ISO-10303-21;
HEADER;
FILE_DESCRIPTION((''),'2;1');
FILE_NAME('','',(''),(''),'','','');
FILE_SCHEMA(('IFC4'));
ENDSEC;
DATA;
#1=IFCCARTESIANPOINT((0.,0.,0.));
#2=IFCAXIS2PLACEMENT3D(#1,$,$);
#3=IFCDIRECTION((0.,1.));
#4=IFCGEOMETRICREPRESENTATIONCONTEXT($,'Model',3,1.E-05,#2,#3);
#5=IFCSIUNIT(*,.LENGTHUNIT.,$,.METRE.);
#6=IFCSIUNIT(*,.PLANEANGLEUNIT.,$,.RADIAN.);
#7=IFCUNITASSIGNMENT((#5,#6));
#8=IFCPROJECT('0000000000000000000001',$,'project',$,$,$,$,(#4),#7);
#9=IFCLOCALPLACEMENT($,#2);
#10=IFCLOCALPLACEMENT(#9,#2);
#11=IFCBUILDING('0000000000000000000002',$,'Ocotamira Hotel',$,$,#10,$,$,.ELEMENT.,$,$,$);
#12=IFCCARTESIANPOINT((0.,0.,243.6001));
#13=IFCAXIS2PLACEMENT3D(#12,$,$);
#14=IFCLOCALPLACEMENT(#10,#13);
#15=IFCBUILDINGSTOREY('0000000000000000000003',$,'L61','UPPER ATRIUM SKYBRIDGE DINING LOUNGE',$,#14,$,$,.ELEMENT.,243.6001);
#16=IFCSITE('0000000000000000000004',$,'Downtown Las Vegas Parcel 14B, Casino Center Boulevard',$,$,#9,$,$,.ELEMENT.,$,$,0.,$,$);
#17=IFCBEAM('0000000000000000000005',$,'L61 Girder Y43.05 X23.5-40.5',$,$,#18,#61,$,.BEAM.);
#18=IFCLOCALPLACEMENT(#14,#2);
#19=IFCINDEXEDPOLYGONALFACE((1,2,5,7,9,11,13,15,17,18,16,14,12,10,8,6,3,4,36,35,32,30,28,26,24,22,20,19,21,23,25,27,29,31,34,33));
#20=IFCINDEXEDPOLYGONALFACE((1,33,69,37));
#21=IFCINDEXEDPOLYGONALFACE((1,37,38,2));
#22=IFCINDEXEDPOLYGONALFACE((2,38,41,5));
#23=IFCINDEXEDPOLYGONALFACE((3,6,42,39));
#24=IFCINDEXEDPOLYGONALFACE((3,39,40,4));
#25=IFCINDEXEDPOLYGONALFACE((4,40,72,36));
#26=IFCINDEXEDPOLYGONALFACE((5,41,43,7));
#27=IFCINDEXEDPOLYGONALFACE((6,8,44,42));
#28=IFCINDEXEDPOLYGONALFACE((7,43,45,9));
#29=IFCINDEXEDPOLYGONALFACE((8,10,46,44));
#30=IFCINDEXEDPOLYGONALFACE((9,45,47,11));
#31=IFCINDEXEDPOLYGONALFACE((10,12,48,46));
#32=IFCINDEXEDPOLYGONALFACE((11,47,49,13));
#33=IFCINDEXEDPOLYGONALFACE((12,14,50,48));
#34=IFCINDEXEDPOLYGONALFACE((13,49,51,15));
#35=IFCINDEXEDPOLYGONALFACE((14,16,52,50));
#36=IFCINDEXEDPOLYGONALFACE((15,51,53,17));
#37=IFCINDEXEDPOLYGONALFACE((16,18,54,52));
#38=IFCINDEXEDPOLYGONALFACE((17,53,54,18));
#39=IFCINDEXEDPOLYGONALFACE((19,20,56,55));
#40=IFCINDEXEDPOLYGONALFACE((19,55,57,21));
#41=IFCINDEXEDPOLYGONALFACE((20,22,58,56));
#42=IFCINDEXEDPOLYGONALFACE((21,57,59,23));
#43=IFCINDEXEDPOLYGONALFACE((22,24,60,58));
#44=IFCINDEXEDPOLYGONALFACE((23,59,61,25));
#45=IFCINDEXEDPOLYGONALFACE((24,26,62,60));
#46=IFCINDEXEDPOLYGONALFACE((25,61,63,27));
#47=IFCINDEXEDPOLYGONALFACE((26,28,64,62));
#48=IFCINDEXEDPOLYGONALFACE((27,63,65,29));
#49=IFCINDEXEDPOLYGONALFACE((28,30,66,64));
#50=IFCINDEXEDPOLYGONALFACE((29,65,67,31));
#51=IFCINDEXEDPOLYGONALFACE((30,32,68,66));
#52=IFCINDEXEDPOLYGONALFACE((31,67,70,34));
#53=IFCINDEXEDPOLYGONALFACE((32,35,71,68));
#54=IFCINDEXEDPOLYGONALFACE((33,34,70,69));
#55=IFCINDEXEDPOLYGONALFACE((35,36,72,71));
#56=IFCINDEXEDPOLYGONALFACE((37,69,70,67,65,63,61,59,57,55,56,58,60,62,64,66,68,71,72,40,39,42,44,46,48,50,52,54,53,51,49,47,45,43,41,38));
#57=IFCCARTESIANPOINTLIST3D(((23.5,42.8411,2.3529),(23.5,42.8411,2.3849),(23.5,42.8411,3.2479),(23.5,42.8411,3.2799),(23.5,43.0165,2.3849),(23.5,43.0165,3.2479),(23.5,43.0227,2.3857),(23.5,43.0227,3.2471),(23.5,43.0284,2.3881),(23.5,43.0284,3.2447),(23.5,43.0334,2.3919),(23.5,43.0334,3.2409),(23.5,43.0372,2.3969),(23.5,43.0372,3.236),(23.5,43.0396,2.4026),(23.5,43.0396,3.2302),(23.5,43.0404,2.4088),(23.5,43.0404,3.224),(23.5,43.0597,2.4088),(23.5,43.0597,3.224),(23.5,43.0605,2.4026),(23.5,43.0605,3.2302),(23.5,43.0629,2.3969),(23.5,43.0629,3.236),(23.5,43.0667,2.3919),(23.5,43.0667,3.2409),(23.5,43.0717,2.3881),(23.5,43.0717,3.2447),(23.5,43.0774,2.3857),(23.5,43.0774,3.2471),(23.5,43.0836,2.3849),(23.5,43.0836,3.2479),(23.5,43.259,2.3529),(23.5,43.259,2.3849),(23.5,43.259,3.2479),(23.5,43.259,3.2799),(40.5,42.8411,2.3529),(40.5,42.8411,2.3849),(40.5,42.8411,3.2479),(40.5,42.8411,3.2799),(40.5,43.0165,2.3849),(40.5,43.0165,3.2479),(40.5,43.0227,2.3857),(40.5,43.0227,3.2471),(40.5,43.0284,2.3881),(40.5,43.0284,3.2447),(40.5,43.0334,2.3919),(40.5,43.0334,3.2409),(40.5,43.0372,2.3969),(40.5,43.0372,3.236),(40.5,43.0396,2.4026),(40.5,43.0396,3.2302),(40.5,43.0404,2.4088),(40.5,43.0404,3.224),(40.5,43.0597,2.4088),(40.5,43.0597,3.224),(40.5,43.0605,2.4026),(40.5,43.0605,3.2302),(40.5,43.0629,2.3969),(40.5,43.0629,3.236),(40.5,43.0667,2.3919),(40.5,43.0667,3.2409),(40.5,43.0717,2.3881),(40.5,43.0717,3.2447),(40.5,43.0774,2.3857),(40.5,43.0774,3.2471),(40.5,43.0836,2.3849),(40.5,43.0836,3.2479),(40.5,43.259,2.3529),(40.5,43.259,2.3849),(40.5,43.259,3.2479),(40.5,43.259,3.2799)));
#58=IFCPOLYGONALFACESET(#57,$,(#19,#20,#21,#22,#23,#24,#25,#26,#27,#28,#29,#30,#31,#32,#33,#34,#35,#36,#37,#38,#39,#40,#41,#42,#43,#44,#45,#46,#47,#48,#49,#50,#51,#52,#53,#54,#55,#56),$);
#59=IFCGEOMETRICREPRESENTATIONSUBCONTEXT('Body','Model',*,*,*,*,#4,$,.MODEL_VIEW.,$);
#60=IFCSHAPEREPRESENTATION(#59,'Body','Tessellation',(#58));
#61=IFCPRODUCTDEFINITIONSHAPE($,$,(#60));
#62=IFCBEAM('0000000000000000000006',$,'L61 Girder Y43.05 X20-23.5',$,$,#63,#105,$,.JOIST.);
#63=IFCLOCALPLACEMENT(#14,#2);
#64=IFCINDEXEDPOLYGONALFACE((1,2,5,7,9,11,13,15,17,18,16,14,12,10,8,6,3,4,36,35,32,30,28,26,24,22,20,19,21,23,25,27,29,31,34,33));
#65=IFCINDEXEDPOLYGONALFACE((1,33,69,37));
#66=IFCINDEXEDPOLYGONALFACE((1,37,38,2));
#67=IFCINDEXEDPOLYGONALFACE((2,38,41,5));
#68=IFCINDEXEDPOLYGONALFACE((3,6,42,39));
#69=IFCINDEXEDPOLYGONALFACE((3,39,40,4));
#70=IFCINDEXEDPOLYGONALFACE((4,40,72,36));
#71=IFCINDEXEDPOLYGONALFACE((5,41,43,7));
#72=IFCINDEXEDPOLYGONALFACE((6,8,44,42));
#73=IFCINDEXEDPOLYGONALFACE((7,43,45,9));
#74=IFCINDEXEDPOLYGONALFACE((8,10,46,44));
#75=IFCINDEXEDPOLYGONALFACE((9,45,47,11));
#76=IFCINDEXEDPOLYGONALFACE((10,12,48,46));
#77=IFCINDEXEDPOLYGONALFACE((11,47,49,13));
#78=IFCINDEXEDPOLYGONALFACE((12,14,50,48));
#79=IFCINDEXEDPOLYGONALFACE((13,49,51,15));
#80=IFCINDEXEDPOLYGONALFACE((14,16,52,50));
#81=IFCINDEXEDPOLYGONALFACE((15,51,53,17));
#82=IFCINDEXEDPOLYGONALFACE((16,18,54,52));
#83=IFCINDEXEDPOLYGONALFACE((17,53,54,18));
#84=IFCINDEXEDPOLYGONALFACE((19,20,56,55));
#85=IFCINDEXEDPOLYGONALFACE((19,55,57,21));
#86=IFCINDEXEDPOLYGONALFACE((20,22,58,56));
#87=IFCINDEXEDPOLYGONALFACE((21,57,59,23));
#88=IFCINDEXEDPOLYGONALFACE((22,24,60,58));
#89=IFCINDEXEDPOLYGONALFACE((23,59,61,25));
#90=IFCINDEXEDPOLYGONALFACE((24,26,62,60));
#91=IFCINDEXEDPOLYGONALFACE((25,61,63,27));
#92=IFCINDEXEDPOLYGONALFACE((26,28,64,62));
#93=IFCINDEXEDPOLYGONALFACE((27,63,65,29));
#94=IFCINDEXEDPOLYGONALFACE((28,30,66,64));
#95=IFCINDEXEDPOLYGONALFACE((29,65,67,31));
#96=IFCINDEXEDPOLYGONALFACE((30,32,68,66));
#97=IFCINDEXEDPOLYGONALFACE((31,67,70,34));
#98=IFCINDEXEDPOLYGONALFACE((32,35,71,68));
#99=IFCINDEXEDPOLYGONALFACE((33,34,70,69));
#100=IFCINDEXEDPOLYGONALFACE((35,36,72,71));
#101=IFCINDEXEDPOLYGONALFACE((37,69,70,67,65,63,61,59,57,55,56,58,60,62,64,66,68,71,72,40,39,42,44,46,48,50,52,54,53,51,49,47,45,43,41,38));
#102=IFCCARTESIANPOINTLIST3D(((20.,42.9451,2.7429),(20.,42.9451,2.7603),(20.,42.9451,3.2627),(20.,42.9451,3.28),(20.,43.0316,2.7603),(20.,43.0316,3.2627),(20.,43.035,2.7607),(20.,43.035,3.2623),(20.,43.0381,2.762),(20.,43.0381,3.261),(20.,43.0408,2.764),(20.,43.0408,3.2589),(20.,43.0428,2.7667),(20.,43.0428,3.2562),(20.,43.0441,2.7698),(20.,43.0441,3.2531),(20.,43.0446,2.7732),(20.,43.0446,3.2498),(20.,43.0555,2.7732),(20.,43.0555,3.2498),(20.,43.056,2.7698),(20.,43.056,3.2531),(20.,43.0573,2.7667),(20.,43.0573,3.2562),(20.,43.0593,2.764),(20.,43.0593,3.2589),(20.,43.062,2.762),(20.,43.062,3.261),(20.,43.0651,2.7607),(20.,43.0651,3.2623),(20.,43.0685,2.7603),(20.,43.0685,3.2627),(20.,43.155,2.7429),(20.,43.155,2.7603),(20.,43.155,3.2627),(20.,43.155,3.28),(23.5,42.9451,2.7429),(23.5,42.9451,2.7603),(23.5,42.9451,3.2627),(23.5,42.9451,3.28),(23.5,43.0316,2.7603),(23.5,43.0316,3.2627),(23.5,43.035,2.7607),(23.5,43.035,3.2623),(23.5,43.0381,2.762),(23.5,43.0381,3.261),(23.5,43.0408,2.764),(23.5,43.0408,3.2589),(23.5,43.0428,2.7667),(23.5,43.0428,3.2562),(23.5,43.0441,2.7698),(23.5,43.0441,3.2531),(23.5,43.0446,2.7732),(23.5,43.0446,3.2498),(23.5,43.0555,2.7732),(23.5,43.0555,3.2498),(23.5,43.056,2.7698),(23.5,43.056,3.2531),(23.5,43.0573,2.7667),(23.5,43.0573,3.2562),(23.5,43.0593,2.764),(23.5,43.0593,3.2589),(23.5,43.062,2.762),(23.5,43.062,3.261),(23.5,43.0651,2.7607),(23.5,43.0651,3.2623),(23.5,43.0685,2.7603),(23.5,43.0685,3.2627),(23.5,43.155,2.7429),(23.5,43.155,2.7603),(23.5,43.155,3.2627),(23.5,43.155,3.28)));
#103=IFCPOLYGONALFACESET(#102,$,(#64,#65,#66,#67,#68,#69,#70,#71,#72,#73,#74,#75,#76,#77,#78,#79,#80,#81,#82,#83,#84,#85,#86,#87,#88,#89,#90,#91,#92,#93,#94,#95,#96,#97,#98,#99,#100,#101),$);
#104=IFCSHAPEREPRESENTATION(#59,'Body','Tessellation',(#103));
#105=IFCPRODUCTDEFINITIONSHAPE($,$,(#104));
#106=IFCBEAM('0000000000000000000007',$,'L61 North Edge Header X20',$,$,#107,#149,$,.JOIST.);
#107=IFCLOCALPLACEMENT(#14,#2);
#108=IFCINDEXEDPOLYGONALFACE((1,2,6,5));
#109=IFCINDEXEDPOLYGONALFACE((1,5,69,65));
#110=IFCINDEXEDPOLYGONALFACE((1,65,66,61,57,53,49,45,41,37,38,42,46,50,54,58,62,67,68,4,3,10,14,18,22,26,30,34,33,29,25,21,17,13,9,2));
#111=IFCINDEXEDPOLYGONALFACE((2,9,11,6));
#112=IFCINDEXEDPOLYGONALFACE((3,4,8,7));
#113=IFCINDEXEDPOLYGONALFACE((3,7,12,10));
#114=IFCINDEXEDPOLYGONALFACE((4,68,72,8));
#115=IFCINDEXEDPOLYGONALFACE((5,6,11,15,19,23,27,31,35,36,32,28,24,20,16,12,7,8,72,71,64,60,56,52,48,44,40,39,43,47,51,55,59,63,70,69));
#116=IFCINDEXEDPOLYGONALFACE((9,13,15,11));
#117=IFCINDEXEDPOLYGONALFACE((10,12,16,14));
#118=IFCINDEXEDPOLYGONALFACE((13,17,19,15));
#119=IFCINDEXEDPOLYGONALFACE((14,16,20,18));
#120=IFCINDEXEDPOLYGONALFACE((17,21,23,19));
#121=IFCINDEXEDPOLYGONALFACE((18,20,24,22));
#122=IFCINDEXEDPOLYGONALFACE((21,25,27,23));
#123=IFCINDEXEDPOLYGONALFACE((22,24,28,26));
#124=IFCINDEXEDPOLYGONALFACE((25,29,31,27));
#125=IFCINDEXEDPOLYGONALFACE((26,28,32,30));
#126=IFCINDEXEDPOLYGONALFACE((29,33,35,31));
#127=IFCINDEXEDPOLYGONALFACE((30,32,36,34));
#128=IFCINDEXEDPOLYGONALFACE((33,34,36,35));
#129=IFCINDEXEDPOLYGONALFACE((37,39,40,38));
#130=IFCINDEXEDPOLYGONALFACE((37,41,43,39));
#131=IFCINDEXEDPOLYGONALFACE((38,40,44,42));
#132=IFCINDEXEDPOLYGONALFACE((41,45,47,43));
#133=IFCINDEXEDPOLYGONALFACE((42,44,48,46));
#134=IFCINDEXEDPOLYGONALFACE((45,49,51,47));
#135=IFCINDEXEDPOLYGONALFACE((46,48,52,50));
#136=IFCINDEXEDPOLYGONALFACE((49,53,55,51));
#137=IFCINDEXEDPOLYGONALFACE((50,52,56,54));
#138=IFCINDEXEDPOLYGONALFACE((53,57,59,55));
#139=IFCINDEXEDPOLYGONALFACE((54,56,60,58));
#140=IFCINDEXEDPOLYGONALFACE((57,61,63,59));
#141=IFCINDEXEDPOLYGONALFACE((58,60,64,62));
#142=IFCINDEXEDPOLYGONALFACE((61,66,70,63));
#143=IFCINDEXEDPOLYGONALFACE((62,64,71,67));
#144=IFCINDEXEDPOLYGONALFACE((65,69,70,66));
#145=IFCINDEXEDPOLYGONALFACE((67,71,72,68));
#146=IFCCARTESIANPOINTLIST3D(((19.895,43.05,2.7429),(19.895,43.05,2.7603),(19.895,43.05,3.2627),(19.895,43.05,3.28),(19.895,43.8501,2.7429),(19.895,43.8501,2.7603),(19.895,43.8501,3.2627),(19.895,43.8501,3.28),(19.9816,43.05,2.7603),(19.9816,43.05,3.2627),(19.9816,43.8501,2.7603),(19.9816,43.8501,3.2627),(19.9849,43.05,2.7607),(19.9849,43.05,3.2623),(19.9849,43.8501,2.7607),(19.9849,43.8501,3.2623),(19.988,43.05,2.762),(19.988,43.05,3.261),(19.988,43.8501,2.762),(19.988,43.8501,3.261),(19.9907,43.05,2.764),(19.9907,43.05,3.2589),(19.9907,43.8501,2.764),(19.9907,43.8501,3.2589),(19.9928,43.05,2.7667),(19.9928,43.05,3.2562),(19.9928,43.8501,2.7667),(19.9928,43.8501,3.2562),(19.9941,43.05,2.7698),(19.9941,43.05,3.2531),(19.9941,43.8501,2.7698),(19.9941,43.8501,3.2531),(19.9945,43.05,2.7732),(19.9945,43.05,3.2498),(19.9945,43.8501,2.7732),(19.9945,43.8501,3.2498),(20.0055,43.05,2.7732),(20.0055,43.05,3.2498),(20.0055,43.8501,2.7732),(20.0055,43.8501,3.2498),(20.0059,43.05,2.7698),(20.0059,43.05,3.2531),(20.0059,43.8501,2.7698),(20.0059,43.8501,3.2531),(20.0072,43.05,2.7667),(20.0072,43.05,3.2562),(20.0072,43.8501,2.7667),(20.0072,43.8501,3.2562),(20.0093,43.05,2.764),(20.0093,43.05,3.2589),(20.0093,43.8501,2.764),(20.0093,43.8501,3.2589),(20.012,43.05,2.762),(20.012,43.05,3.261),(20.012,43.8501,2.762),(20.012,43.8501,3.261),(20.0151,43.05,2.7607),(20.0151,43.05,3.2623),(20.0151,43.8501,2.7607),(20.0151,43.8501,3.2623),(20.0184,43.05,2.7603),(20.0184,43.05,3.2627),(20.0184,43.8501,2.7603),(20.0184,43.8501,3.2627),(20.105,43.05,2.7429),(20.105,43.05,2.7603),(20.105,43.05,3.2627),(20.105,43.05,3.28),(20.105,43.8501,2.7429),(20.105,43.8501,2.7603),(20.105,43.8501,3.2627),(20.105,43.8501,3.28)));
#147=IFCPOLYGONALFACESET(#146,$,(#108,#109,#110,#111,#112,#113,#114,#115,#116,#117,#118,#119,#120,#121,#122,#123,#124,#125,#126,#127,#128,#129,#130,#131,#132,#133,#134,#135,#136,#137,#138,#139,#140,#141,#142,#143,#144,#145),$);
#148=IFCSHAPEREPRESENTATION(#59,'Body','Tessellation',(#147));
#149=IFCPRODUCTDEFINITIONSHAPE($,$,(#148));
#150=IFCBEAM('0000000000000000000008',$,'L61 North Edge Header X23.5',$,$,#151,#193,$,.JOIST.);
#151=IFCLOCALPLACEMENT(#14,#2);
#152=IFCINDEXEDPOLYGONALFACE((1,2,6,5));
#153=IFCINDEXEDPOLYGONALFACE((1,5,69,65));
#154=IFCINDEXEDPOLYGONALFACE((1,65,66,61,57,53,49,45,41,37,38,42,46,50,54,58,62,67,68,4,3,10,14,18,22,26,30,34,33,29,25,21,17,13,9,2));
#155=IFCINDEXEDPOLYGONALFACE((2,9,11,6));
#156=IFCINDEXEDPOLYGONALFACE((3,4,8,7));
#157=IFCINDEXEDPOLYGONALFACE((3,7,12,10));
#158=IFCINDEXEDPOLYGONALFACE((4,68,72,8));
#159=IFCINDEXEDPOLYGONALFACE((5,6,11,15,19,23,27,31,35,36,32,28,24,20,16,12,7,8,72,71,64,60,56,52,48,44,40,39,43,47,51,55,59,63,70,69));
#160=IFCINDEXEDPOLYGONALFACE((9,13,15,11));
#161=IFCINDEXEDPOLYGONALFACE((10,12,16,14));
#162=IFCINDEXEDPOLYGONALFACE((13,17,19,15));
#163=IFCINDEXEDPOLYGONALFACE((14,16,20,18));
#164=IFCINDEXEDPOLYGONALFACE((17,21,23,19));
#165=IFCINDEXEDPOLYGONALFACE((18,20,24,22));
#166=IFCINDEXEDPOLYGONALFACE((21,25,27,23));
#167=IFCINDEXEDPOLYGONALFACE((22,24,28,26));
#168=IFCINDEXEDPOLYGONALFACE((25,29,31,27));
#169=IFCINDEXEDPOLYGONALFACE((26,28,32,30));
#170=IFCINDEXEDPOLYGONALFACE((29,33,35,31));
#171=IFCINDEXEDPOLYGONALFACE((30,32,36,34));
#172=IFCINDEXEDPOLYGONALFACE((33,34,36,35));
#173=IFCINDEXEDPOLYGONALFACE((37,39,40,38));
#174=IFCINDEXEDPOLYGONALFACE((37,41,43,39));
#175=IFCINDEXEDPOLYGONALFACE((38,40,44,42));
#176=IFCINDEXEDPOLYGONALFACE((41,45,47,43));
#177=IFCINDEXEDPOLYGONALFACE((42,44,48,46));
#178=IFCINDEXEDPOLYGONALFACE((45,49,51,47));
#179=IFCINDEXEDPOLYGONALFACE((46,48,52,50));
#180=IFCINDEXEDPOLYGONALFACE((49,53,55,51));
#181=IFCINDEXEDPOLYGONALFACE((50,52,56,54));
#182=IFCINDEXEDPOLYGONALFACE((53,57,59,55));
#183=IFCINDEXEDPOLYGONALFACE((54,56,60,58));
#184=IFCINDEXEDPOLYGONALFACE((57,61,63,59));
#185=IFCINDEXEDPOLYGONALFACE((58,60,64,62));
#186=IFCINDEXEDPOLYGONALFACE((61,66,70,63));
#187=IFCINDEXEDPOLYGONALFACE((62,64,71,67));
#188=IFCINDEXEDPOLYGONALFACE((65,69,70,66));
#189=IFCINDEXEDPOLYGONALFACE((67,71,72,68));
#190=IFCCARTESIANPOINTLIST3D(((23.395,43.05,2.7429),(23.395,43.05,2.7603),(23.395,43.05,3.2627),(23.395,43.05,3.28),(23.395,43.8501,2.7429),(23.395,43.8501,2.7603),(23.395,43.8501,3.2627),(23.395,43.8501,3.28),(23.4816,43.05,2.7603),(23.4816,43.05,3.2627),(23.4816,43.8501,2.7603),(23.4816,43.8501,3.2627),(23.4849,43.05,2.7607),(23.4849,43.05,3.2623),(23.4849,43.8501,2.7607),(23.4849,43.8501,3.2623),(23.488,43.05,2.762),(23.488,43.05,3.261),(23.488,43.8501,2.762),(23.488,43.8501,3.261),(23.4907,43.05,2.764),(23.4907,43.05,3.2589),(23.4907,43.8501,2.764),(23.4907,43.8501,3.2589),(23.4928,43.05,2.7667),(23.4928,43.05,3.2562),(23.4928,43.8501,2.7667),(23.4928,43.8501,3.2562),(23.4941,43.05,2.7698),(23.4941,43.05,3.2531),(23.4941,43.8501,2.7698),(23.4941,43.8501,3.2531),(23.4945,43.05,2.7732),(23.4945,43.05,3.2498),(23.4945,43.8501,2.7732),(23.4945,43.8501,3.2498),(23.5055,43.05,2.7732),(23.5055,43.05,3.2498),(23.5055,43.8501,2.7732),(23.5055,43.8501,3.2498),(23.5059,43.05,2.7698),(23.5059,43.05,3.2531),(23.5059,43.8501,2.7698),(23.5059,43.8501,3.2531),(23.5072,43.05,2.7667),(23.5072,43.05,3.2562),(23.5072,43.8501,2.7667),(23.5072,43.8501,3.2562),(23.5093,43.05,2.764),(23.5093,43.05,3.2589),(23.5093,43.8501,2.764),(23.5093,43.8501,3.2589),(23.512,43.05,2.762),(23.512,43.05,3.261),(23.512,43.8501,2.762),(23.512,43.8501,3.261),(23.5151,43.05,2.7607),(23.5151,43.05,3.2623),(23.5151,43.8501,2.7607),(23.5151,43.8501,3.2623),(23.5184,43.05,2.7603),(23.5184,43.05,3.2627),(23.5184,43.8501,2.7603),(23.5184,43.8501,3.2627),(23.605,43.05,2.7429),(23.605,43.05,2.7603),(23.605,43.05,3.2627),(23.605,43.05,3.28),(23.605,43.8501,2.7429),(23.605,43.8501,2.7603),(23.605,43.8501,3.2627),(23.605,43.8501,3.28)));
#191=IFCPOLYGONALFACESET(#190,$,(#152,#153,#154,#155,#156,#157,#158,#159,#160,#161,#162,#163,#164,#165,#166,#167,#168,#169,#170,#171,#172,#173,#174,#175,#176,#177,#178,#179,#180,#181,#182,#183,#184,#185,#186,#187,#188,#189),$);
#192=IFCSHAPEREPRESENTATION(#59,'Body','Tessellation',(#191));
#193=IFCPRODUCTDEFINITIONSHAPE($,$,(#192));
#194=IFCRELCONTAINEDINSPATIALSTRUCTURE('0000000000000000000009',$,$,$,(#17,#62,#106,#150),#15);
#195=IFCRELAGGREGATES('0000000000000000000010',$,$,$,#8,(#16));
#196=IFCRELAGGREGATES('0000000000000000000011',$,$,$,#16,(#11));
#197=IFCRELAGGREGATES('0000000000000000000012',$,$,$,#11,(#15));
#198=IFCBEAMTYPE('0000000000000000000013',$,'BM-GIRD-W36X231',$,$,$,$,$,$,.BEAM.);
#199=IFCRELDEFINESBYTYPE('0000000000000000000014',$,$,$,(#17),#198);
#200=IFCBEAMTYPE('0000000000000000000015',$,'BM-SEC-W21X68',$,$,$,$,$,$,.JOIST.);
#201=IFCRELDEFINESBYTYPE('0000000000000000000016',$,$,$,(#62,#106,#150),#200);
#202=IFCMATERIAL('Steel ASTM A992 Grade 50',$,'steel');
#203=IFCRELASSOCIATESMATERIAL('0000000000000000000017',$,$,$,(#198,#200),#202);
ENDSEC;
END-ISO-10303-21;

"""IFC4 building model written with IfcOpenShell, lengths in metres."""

from ifc_helpers import new_model, si_unit, direction, frame, origin, origin_2d, place, context, subcontext, project, spatial, i_section, extrude, source, transform, mapped, material, material_profile, profile_set, type_object, element, save


model = new_model("IFC4")

# Units and contexts
model_context = context("Model", 3, precision=1e-05, world=origin(), true_north=direction((0.0, 1.0)))
body_context = subcontext(model_context, "Body", "Model", "MODEL_VIEW")
ifc_project = project(units=[si_unit("LENGTHUNIT", "METRE"), si_unit("PLANEANGLEUNIT", "RADIAN")], contexts=[model_context])

# Site, building, storey
site_placement = place(None, origin())
site = spatial("IfcSite", under=ifc_project, at=site_placement, Name="Downtown Las Vegas Parcel 14B, Casino Center Boulevard", CompositionType="ELEMENT", RefElevation=0.0)
building_placement = place(site_placement, origin())
building = spatial("IfcBuilding", under=site, at=building_placement, Name="Ocotamira Hotel", CompositionType="ELEMENT")
storey_placement = place(building_placement, frame((0.0, 0.0, 243.6001)))
storey = spatial("IfcBuildingStorey", under=building, at=storey_placement, Name="L61", Description="UPPER ATRIUM SKYBRIDGE DINING LOUNGE", CompositionType="ELEMENT", Elevation=243.6001)

# Shared definitions
ifc_material_1 = material(Name="Steel ASTM A992 Grade 50", Category="steel")

# Beams
ifc_material_profile_1 = material_profile(ifc_material_1, i_section(OverallWidth=0.418, OverallDepth=0.927, WebThickness=0.0193, FlangeThickness=0.032, FilletRadius=0.0239, at=origin_2d()), Name="W36X231")
ifc_profile_set_1 = profile_set([ifc_material_profile_1], Name="Steel ASTM A992 Grade 50")
beam_type_1 = type_object("IfcBeamType", Name="BM-GIRD-W36X231", PredefinedType="BEAM", material=ifc_profile_set_1)
shared_shape_1 = source(origin(), body_context, "Body", "SweptSolid", [
    extrude(i_section(OverallWidth=0.418, OverallDepth=0.927, WebThickness=0.0193, FlangeThickness=0.032, FilletRadius=0.0239, at=origin_2d()), origin(), (0.0, 0.0, 1.0), 17.0),
])
for number, where, z_axis, x_axis, name in (
    (1, (23.5, 43.05, 2.8164), (1.0, 0.0, 0.0), (0.0, 1.0, 0.0), "L61 Girder Y43.05 X23.5-40.5"),
):
    element("IfcBeam", number, at=place(storey_placement, frame(where, z_axis=z_axis, x_axis=x_axis)), inside=storey, type_object=beam_type_1, Name=name, PredefinedType="BEAM", context=body_context, shape_type="MappedRepresentation", body=[
        mapped(shared_shape_1, transform((0.0, 0.0, 0.0), scale=1.0)),
    ])
ifc_material_profile_2 = material_profile(ifc_material_1, i_section(OverallWidth=0.21, OverallDepth=0.5371, WebThickness=0.011, FlangeThickness=0.0173, FilletRadius=0.0129, at=origin_2d()), Name="W21X68")
ifc_profile_set_2 = profile_set([ifc_material_profile_2], Name="Steel ASTM A992 Grade 50")
beam_type_2 = type_object("IfcBeamType", Name="BM-SEC-W21X68", PredefinedType="JOIST", material=ifc_profile_set_2)
shared_shape_2 = source(origin(), body_context, "Body", "SweptSolid", [
    extrude(i_section(OverallWidth=0.21, OverallDepth=0.5371, WebThickness=0.011, FlangeThickness=0.0173, FilletRadius=0.0129, at=origin_2d()), origin(), (0.0, 0.0, 1.0), 3.5),
])
beam_1_placement = place(storey_placement, frame((20.0, 43.05, 3.0115), z_axis=(1.0, 0.0, 0.0), x_axis=(0.0, 1.0, 0.0)))
element("IfcBeam", 2, at=beam_1_placement, inside=storey, type_object=beam_type_2, Name="L61 Girder Y43.05 X20-23.5", PredefinedType="JOIST", context=body_context, shape_type="MappedRepresentation", body=[
    mapped(shared_shape_2, transform((0.0, 0.0, 0.0), scale=1.0)),
])
shared_shape_3 = source(origin(), body_context, "Body", "SweptSolid", [
    extrude(i_section(OverallWidth=0.21, OverallDepth=0.5371, WebThickness=0.011, FlangeThickness=0.0173, FilletRadius=0.0129, at=origin_2d()), origin(), (0.0, 0.0, 1.0), 0.8),
])
for number, where, z_axis, x_axis, name in (
    (3, (20.0, 43.05, 3.0115), (0.0, 1.0, 0.0), (-1.0, 0.0, 0.0), "L61 North Edge Header X20"),
    (4, (23.5, 43.05, 3.0115), (0.0, 1.0, 0.0), (-1.0, 0.0, 0.0), "L61 North Edge Header X23.5"),
):
    element("IfcBeam", number, at=place(storey_placement, frame(where, z_axis=z_axis, x_axis=x_axis)), inside=storey, type_object=beam_type_2, Name=name, PredefinedType="JOIST", context=body_context, shape_type="MappedRepresentation", body=[
        mapped(shared_shape_3, transform((0.0, 0.0, 0.0), scale=1.0)),
    ])

save(model, "model.ifc")
